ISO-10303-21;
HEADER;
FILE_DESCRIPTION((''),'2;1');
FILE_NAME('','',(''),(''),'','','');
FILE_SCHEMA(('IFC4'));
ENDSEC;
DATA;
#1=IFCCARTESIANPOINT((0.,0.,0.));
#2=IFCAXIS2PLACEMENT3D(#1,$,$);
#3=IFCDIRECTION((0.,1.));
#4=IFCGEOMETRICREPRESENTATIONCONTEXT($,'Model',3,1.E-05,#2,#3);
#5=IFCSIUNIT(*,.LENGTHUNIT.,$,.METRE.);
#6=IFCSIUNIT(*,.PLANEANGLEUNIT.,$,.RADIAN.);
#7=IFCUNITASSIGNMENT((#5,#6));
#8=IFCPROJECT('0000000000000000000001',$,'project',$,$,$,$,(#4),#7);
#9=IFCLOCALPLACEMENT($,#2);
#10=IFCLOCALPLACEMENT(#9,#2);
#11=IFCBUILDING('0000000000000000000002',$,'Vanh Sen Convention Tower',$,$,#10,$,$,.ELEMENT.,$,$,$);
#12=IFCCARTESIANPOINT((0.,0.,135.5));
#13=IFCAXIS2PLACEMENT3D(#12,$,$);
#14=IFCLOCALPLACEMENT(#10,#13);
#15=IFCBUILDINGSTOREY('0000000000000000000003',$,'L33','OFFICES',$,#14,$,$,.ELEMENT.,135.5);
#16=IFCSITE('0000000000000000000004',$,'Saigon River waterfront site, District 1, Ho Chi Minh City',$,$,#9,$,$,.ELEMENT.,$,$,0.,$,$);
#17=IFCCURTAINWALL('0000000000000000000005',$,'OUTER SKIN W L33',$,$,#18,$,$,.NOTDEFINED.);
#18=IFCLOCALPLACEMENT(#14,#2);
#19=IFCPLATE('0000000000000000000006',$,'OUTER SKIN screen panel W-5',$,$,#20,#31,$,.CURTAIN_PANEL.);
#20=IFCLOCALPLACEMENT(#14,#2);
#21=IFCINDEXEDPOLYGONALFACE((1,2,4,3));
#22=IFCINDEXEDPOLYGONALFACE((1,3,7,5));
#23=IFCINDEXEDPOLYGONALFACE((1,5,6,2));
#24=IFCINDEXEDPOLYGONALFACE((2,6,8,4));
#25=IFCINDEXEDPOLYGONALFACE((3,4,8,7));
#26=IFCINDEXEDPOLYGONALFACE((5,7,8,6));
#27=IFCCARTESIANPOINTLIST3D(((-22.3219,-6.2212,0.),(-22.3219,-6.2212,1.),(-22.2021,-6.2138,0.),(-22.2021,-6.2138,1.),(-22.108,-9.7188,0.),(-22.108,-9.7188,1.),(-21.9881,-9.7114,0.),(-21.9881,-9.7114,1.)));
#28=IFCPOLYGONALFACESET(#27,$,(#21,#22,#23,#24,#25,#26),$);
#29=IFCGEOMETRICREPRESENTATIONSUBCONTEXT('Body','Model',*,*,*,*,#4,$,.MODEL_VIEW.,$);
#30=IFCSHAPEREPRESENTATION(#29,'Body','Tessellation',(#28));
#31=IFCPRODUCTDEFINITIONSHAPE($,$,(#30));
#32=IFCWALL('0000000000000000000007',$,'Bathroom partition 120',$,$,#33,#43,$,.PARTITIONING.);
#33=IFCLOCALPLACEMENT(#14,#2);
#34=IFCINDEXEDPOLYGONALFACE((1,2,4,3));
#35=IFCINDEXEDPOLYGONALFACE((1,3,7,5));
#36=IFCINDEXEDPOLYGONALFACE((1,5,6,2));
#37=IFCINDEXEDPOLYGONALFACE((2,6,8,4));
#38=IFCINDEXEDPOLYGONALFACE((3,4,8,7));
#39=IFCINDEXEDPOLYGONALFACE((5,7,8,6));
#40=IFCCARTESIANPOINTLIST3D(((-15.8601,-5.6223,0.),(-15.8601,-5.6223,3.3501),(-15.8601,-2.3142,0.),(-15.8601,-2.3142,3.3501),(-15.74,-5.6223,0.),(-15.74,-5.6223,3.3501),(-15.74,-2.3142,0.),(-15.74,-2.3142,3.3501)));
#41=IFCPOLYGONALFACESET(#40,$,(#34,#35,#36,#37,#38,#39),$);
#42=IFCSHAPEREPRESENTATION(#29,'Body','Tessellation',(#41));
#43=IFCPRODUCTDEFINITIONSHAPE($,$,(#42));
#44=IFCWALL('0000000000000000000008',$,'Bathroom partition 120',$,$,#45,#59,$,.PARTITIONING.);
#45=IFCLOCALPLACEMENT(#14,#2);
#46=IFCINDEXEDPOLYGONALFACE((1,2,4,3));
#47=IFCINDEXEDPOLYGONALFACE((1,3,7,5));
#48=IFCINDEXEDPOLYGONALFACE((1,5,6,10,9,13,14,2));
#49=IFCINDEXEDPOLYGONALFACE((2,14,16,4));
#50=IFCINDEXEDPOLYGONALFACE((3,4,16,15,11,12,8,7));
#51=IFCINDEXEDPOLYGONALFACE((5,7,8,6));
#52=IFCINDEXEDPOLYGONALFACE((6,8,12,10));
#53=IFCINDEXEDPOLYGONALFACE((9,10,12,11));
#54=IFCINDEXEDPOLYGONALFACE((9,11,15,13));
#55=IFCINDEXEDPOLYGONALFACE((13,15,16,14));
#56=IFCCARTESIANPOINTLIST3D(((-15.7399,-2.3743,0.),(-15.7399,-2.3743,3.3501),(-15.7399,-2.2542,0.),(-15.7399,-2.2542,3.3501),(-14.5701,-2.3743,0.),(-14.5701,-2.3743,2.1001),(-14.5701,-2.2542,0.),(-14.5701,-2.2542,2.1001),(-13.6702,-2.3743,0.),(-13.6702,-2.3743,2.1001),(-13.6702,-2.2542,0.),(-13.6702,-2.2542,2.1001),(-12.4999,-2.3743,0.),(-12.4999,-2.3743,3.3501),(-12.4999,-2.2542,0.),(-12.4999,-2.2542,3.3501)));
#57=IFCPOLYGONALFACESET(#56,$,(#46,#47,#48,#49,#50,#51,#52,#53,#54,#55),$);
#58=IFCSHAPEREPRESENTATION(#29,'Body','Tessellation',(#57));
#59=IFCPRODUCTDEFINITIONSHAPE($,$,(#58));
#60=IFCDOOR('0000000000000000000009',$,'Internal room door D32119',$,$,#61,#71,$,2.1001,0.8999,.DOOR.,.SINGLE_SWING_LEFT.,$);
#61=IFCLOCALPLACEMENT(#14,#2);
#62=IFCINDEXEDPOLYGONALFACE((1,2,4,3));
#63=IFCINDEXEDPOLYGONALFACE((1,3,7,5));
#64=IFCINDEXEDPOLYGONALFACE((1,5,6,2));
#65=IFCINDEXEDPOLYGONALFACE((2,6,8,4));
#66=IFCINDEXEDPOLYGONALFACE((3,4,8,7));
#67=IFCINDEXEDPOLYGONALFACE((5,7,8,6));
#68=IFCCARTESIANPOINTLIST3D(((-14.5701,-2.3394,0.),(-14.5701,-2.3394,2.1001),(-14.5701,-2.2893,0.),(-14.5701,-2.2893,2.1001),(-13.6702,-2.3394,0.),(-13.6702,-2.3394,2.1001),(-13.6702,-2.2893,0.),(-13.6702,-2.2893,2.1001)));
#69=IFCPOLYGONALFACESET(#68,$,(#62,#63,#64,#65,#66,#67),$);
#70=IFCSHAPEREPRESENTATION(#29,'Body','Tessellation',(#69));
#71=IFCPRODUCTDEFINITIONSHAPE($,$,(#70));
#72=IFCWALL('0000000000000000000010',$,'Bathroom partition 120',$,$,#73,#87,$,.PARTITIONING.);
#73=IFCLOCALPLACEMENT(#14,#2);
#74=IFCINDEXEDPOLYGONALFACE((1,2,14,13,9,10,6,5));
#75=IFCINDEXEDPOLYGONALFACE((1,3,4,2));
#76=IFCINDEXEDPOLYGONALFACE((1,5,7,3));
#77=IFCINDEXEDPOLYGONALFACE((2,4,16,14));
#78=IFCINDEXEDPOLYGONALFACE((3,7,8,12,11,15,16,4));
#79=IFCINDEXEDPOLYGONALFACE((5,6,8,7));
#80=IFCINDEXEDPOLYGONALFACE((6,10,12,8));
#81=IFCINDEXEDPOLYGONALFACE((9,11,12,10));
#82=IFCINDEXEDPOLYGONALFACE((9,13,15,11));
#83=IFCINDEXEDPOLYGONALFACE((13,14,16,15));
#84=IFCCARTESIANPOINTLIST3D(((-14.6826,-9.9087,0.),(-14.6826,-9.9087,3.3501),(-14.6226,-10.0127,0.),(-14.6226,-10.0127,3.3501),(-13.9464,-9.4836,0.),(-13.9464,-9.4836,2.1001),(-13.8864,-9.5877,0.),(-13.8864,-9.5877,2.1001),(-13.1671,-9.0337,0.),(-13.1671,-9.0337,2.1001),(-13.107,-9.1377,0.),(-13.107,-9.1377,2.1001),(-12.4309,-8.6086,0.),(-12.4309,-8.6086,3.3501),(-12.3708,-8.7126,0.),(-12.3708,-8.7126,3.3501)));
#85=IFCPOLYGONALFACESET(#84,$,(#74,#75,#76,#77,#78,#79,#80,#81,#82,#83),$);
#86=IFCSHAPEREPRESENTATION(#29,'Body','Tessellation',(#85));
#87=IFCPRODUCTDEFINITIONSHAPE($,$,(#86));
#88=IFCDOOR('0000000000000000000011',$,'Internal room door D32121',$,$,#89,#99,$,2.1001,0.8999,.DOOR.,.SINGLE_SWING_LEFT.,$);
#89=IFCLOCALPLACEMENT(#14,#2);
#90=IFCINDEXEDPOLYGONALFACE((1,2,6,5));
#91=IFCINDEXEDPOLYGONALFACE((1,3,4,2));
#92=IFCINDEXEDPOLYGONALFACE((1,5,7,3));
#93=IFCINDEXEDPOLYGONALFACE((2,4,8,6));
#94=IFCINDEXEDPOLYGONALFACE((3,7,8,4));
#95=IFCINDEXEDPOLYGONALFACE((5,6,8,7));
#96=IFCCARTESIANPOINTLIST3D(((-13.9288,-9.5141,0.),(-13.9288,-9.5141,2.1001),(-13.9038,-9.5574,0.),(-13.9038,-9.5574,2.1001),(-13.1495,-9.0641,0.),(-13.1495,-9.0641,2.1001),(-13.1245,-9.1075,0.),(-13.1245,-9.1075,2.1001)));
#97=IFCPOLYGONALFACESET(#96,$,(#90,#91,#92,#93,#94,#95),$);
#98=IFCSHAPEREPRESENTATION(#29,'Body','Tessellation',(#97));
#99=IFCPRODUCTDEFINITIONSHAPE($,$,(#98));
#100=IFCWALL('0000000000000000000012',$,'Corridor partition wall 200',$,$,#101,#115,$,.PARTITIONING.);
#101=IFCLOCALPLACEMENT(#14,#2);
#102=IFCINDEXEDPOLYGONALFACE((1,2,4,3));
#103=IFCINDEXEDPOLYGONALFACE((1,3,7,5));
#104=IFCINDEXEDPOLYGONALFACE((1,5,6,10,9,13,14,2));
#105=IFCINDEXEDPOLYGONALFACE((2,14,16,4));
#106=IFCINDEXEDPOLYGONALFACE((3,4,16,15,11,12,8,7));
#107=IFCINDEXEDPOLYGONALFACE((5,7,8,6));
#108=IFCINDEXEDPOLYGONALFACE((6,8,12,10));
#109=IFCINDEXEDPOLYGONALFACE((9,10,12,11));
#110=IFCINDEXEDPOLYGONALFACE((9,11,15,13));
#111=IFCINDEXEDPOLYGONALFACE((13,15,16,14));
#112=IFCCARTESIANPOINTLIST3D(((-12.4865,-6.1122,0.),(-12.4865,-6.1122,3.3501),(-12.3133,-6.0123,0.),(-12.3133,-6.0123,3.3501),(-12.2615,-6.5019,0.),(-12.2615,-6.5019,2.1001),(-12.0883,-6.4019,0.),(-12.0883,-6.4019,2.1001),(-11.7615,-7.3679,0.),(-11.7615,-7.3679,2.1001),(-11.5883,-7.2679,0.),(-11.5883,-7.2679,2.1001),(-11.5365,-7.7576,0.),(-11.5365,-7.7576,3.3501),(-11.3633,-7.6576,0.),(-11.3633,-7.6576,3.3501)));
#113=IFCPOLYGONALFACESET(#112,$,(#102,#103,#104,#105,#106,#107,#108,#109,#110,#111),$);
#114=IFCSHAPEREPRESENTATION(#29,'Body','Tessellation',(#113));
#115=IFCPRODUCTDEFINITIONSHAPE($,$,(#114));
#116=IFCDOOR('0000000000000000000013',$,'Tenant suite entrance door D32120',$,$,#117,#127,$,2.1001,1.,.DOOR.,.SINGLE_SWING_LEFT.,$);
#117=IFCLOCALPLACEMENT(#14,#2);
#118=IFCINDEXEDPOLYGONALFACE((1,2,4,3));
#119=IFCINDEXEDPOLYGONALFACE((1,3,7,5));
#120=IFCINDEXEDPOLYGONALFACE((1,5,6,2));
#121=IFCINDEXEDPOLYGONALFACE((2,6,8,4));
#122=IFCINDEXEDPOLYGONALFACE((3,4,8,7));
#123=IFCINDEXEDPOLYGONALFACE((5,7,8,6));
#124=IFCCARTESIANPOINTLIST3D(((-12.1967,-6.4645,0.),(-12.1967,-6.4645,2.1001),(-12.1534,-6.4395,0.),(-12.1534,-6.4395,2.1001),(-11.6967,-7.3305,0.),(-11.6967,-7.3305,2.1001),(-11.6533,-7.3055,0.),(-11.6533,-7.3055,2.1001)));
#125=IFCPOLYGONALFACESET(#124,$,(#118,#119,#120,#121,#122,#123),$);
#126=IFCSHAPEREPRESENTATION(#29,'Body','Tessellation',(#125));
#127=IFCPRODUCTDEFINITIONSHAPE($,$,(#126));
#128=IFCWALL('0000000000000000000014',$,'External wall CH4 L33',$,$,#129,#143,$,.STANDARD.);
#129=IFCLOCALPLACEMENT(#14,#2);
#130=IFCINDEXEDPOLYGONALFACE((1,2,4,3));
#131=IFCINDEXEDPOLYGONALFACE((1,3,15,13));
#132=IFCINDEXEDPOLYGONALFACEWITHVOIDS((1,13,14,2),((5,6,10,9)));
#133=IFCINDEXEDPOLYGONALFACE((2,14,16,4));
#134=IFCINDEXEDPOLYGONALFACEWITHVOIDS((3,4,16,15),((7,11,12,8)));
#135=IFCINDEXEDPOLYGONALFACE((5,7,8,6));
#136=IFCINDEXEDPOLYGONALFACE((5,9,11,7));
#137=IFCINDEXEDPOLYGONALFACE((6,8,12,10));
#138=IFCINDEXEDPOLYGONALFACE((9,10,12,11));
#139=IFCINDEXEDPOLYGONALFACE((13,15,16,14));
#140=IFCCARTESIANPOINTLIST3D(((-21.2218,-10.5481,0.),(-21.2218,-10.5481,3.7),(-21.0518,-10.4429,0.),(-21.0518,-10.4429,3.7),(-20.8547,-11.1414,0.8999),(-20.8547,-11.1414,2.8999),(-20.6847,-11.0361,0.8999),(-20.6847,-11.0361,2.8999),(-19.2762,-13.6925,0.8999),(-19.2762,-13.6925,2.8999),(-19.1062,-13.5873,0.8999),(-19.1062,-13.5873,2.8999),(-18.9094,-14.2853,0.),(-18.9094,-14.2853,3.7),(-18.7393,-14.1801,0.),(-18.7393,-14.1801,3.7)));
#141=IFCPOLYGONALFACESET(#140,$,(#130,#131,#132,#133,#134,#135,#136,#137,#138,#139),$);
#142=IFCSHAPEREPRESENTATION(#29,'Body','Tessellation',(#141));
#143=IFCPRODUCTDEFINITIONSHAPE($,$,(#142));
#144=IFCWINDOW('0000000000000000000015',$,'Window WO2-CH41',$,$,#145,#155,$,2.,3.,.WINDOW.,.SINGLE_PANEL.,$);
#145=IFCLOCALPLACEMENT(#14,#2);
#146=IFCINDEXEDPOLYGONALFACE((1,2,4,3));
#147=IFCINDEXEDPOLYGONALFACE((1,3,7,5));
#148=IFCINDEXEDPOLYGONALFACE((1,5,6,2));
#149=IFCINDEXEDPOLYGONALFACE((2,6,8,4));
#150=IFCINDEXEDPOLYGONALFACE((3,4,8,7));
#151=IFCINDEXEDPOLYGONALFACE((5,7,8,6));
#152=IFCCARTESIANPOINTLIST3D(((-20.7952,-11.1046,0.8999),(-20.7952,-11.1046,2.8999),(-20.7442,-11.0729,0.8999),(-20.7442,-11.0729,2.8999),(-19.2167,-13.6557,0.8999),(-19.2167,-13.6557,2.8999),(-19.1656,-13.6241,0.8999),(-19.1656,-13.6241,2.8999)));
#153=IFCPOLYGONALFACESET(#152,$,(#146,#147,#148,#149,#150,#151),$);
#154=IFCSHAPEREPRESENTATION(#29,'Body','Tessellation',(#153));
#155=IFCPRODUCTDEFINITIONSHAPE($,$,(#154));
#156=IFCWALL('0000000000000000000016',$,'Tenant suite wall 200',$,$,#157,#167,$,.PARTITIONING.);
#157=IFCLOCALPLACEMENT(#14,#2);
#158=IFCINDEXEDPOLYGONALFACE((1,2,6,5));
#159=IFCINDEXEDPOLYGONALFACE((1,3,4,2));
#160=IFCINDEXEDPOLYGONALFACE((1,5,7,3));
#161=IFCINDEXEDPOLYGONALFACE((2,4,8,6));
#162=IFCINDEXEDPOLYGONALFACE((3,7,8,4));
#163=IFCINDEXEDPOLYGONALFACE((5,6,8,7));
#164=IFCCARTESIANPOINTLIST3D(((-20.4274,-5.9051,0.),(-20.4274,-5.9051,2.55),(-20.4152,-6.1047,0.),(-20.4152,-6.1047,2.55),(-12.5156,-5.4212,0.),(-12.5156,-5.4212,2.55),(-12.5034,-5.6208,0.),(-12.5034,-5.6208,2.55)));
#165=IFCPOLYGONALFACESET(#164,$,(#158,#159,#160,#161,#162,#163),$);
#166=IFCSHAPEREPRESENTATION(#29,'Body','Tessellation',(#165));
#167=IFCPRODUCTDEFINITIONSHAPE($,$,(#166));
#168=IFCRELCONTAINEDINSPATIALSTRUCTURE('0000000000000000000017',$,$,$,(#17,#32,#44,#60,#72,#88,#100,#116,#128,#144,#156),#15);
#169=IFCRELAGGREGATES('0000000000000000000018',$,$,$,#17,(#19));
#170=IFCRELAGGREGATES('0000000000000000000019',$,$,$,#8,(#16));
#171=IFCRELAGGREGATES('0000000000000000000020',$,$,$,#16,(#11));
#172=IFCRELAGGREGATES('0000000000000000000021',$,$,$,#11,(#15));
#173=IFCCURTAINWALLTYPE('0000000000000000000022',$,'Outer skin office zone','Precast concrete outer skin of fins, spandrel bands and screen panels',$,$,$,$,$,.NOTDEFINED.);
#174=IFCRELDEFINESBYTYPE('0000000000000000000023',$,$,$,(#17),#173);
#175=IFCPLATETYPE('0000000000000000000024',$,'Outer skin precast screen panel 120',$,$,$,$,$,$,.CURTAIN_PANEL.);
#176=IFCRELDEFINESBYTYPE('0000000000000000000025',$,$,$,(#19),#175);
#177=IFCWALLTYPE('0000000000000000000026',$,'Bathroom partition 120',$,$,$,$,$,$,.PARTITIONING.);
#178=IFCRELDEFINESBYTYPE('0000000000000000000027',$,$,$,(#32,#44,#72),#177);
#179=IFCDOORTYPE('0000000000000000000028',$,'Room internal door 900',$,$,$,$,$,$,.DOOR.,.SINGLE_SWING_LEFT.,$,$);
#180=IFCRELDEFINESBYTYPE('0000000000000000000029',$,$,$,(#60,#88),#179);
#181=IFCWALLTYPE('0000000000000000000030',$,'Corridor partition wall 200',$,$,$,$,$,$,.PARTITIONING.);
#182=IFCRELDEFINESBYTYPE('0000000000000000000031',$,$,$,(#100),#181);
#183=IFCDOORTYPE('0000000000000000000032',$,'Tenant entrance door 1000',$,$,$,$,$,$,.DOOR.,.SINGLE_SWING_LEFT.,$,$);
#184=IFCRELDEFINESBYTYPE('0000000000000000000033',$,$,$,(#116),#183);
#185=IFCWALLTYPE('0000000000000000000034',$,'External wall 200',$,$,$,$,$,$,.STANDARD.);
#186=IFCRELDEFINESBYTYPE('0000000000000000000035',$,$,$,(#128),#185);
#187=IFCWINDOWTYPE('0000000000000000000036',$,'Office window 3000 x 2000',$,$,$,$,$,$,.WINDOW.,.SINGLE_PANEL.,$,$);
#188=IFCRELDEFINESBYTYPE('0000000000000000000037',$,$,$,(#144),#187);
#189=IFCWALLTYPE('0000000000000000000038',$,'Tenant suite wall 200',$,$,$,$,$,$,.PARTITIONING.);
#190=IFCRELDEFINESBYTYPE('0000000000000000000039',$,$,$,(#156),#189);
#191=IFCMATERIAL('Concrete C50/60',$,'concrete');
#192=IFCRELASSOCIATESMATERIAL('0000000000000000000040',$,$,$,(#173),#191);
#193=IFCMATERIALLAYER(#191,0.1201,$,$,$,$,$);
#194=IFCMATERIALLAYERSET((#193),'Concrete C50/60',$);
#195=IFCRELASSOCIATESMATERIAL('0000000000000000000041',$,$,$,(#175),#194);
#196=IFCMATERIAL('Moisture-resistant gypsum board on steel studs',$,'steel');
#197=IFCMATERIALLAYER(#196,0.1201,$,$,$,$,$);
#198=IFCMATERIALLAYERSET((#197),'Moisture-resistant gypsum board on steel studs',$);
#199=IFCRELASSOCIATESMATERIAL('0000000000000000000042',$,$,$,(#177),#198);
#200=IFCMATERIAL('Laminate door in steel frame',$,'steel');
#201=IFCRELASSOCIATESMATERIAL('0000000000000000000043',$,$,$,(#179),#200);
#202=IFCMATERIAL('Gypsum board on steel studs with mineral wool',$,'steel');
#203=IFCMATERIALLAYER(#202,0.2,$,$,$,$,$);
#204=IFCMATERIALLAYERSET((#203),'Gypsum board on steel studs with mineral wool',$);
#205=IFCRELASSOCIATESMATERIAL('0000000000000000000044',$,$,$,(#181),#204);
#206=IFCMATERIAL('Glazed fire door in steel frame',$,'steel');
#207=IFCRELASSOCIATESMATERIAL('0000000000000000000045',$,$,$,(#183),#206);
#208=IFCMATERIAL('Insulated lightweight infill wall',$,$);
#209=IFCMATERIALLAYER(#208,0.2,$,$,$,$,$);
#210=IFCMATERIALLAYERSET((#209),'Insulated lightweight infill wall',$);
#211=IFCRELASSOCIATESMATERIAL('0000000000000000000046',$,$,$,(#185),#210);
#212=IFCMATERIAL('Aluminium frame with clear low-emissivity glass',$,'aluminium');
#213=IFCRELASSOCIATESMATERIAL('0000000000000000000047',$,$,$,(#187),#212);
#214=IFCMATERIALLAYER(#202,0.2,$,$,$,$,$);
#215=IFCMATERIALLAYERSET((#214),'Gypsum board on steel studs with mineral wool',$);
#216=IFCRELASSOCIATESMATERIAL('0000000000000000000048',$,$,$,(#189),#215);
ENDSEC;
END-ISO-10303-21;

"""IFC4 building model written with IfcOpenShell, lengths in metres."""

from ifc_helpers import new_model, si_unit, direction, frame, frame_2d, origin, origin_2d, place, context, subcontext, project, spatial, rectangle, extrude, material, layer, layer_set, type_object, element, fill, aggregate, save


model = new_model("IFC4")

# Units and contexts
model_context = context("Model", 3, precision=1e-05, world=origin(), true_north=direction((0.0, 1.0)))
body_context = subcontext(model_context, "Body", "Model", "MODEL_VIEW")
ifc_project = project(units=[si_unit("LENGTHUNIT", "METRE"), si_unit("PLANEANGLEUNIT", "RADIAN")], contexts=[model_context])

# Site, building, storey
site_placement = place(None, origin())
site = spatial("IfcSite", under=ifc_project, at=site_placement, Name="Saigon River waterfront site, District 1, Ho Chi Minh City", CompositionType="ELEMENT", RefElevation=0.0)
building_placement = place(site_placement, origin())
building = spatial("IfcBuilding", under=site, at=building_placement, Name="Vanh Sen Convention Tower", CompositionType="ELEMENT")
storey_placement = place(building_placement, frame((0.0, 0.0, 135.5)))
storey = spatial("IfcBuildingStorey", under=building, at=storey_placement, Name="L33", Description="OFFICES", CompositionType="ELEMENT", Elevation=135.5)

# Curtain wall
ifc_material_1 = material(Name="Concrete C50/60", Category="concrete")
curtain_wall_type = type_object("IfcCurtainWallType", Name="Outer skin office zone", Description="Precast concrete outer skin of fins, spandrel bands and screen panels", PredefinedType="NOTDEFINED", material=ifc_material_1)
curtain_wall_1_placement = place(storey_placement, origin())
curtain_wall_1 = element("IfcCurtainWall", 1, at=curtain_wall_1_placement, inside=storey, type_object=curtain_wall_type, Name="OUTER SKIN W L33", PredefinedType="NOTDEFINED")

# Plate
ifc_layer_1 = layer(ifc_material_1, 0.1201)
ifc_layer_set_1 = layer_set([ifc_layer_1], Name="Concrete C50/60")
plate_type = type_object("IfcPlateType", Name="Outer skin precast screen panel 120", PredefinedType="CURTAIN_PANEL", material=ifc_layer_set_1)
plate_1_placement = place(storey_placement, frame((-22.155, -7.9663, 0.0), z_axis=(0.0, 0.0, 1.0), x_axis=(0.061054, -0.998134, 0.0)))
plate_1 = element("IfcPlate", 2, at=plate_1_placement, type_object=plate_type, Name="OUTER SKIN screen panel W-5", PredefinedType="CURTAIN_PANEL", context=body_context, shape_type="SweptSolid", body=[
    extrude(rectangle(XDim=3.5042, YDim=0.1201, at=origin_2d()), origin(), (0.0, 0.0, 1.0), 1.0),
])
aggregate(curtain_wall_1, [plate_1])

# Wall
ifc_material_2 = material(Name="Moisture-resistant gypsum board on steel studs", Category="steel")
ifc_layer_2 = layer(ifc_material_2, 0.1201)
ifc_layer_set_2 = layer_set([ifc_layer_2], Name="Moisture-resistant gypsum board on steel studs")
wall_type_1 = type_object("IfcWallType", Name="Bathroom partition 120", PredefinedType="PARTITIONING", material=ifc_layer_set_2)
wall_1_placement = place(storey_placement, frame((-15.8, -5.6223, 0.0), z_axis=(0.0, 0.0, 1.0), x_axis=(0.0, 1.0, 0.0)))
element("IfcWall", 3, at=wall_1_placement, inside=storey, type_object=wall_type_1, Name="Bathroom partition 120", PredefinedType="PARTITIONING", context=body_context, shape_type="SweptSolid", body=[
    extrude(rectangle(XDim=3.3081, YDim=0.1201, at=frame_2d((1.6541, 0.0))), origin(), (0.0, 0.0, 1.0), 3.3501),
])

# Walls, openings, doors
wall_2_placement = place(storey_placement, frame((-15.74, -2.3142, 0.0), z_axis=(0.0, 0.0, 1.0), x_axis=(1.0, 0.0, 0.0)))
wall_2 = element("IfcWall", 4, at=wall_2_placement, inside=storey, type_object=wall_type_1, Name="Bathroom partition 120", PredefinedType="PARTITIONING", context=body_context, shape_type="SweptSolid", body=[
    extrude(rectangle(XDim=3.24, YDim=0.1201, at=frame_2d((1.6201, 0.0))), origin(), (0.0, 0.0, 1.0), 3.3501),
])
opening_1_placement = place(wall_2_placement, frame((1.1699, 0.0, 0.0)))
opening_1 = element("IfcOpeningElement", 5, at=opening_1_placement, cuts=wall_2, PredefinedType="OPENING", context=body_context, shape_type="SweptSolid", body=[
    extrude(rectangle(XDim=0.8999, YDim=2.1001, at=frame_2d((0.45, 1.05))), frame((0.0, 0.0701, 0.0), z_axis=(0.0, -1.0, 0.0), x_axis=(1.0, 0.0, 0.0)), (0.0, 0.0, 1.0), 0.1401),
])
ifc_material_3 = material(Name="Laminate door in steel frame", Category="steel")
door_type_1 = type_object("IfcDoorType", Name="Room internal door 900", OperationType="SINGLE_SWING_LEFT", PredefinedType="DOOR", material=ifc_material_3)
door_1_placement = place(opening_1_placement, origin())
door_1 = element("IfcDoor", 6, at=door_1_placement, inside=storey, type_object=door_type_1, Name="Internal room door D32119", OperationType="SINGLE_SWING_LEFT", OverallHeight=2.1001, OverallWidth=0.8999, PredefinedType="DOOR", context=body_context, shape_type="SweptSolid", body=[
    extrude(rectangle(XDim=0.8999, YDim=2.1001, at=frame_2d((0.45, 1.05))), frame((0.0, 0.0249, 0.0), z_axis=(0.0, -1.0, 0.0), x_axis=(1.0, 0.0, 0.0)), (0.0, 0.0, 1.0), 0.05),
])
fill(opening_1, door_1)
wall_3_placement = place(storey_placement, frame((-14.6526, -9.9607, 0.0), z_axis=(0.0, 0.0, 1.0), x_axis=(0.866021, 0.500007, 0.0)))
wall_3 = element("IfcWall", 7, at=wall_3_placement, inside=storey, type_object=wall_type_1, Name="Bathroom partition 120", PredefinedType="PARTITIONING", context=body_context, shape_type="SweptSolid", body=[
    extrude(rectangle(XDim=2.6001, YDim=0.1201, at=frame_2d((1.3, 0.0))), origin(), (0.0, 0.0, 1.0), 3.3501),
])
opening_2_placement = place(wall_3_placement, frame((0.8501, 0.0, 0.0)))
opening_2 = element("IfcOpeningElement", 8, at=opening_2_placement, cuts=wall_3, PredefinedType="OPENING", context=body_context, shape_type="SweptSolid", body=[
    extrude(rectangle(XDim=0.8999, YDim=2.1001, at=frame_2d((0.45, 1.05))), frame((0.0, 0.0701, 0.0), z_axis=(0.0, -1.0, 0.0), x_axis=(1.0, 0.0, 0.0)), (0.0, 0.0, 1.0), 0.1401),
])
door_2_placement = place(opening_2_placement, origin())
door_2 = element("IfcDoor", 9, at=door_2_placement, inside=storey, type_object=door_type_1, Name="Internal room door D32121", OperationType="SINGLE_SWING_LEFT", OverallHeight=2.1001, OverallWidth=0.8999, PredefinedType="DOOR", context=body_context, shape_type="SweptSolid", body=[
    extrude(rectangle(XDim=0.8999, YDim=2.1001, at=frame_2d((0.45, 1.05))), frame((0.0, 0.0249, 0.0), z_axis=(0.0, -1.0, 0.0), x_axis=(1.0, 0.0, 0.0)), (0.0, 0.0, 1.0), 0.05),
])
fill(opening_2, door_2)
ifc_material_4 = material(Name="Gypsum board on steel studs with mineral wool", Category="steel")
ifc_layer_3 = layer(ifc_material_4, 0.2)
ifc_layer_set_3 = layer_set([ifc_layer_3], Name="Gypsum board on steel studs with mineral wool")
wall_type_2 = type_object("IfcWallType", Name="Corridor partition wall 200", PredefinedType="PARTITIONING", material=ifc_layer_set_3)
wall_4_placement = place(storey_placement, frame((-12.3999, -6.0623, 0.0), z_axis=(0.0, 0.0, 1.0), x_axis=(0.500023, -0.866012, 0.0)))
wall_4 = element("IfcWall", 10, at=wall_4_placement, inside=storey, type_object=wall_type_2, Name="Corridor partition wall 200", PredefinedType="PARTITIONING", context=body_context, shape_type="SweptSolid", body=[
    extrude(rectangle(XDim=1.8999, YDim=0.2, at=frame_2d((0.95, 0.0))), origin(), (0.0, 0.0, 1.0), 3.3501),
])
opening_3_placement = place(wall_4_placement, frame((0.45, 0.0, 0.0)))
opening_3 = element("IfcOpeningElement", 11, at=opening_3_placement, cuts=wall_4, PredefinedType="OPENING", context=body_context, shape_type="SweptSolid", body=[
    extrude(rectangle(XDim=1.0, YDim=2.1001, at=frame_2d((0.5, 1.05))), frame((0.0, 0.1099, 0.0), z_axis=(0.0, -1.0, 0.0), x_axis=(1.0, 0.0, 0.0)), (0.0, 0.0, 1.0), 0.22),
])
ifc_material_5 = material(Name="Glazed fire door in steel frame", Category="steel")
door_type_2 = type_object("IfcDoorType", Name="Tenant entrance door 1000", OperationType="SINGLE_SWING_LEFT", PredefinedType="DOOR", material=ifc_material_5)
door_3_placement = place(opening_3_placement, origin())
door_3 = element("IfcDoor", 12, at=door_3_placement, inside=storey, type_object=door_type_2, Name="Tenant suite entrance door D32120", OperationType="SINGLE_SWING_LEFT", OverallHeight=2.1001, OverallWidth=1.0, PredefinedType="DOOR", context=body_context, shape_type="SweptSolid", body=[
    extrude(rectangle(XDim=1.0, YDim=2.1001, at=frame_2d((0.5, 1.05))), frame((0.0, 0.0249, 0.0), z_axis=(0.0, -1.0, 0.0), x_axis=(1.0, 0.0, 0.0)), (0.0, 0.0, 1.0), 0.05),
])
fill(opening_3, door_3)

# Wall, opening, window
ifc_material_6 = material(Name="Insulated lightweight infill wall")
ifc_layer_4 = layer(ifc_material_6, 0.2)
ifc_layer_set_4 = layer_set([ifc_layer_4], Name="Insulated lightweight infill wall")
wall_type_3 = type_object("IfcWallType", Name="External wall 200", PredefinedType="STANDARD", material=ifc_layer_set_4)
wall_5_placement = place(storey_placement, frame((-21.1367, -10.4956, 0.0), z_axis=(0.0, 0.0, 1.0), x_axis=(0.526179, -0.850374, 0.0)))
wall_5 = element("IfcWall", 13, at=wall_5_placement, inside=storey, type_object=wall_type_3, Name="External wall CH4 L33", PredefinedType="STANDARD", context=body_context, shape_type="SweptSolid", body=[
    extrude(rectangle(XDim=4.3948, YDim=0.2, at=frame_2d((2.1973, 0.0))), origin(), (0.0, 0.0, 1.0), 3.7),
])
opening_4_placement = place(wall_5_placement, frame((0.6975, 0.0, 0.8999)))
opening_4 = element("IfcOpeningElement", 14, at=opening_4_placement, cuts=wall_5, PredefinedType="OPENING", context=body_context, shape_type="SweptSolid", body=[
    extrude(rectangle(XDim=3.0, YDim=2.0, at=frame_2d((1.5, 1.0))), frame((0.0, 0.1099, 0.0), z_axis=(0.0, -1.0, 0.0), x_axis=(1.0, 0.0, 0.0)), (0.0, 0.0, 1.0), 0.22),
])
ifc_material_7 = material(Name="Aluminium frame with clear low-emissivity glass", Category="aluminium")
window_type = type_object("IfcWindowType", Name="Office window 3000 x 2000", PartitioningType="SINGLE_PANEL", PredefinedType="WINDOW", material=ifc_material_7)
window_placement = place(opening_4_placement, origin())
window = element("IfcWindow", 15, at=window_placement, inside=storey, type_object=window_type, Name="Window WO2-CH41", OverallHeight=2.0, OverallWidth=3.0, PartitioningType="SINGLE_PANEL", PredefinedType="WINDOW", context=body_context, shape_type="SweptSolid", body=[
    extrude(rectangle(XDim=3.0, YDim=2.0, at=frame_2d((1.5, 1.0))), frame((0.0, 0.03, 0.0), z_axis=(0.0, -1.0, 0.0), x_axis=(1.0, 0.0, 0.0)), (0.0, 0.0, 1.0), 0.0601),
])
fill(opening_4, window)

# Wall
ifc_layer_5 = layer(ifc_material_4, 0.2)
ifc_layer_set_5 = layer_set([ifc_layer_5], Name="Gypsum board on steel studs with mineral wool")
wall_type_4 = type_object("IfcWallType", Name="Tenant suite wall 200", PredefinedType="PARTITIONING", material=ifc_layer_set_5)
wall_6_placement = place(storey_placement, frame((-20.4214, -6.0049, 0.0), z_axis=(0.0, 0.0, 1.0), x_axis=(0.998135, 0.061047, 0.0)))
element("IfcWall", 16, at=wall_6_placement, inside=storey, type_object=wall_type_4, Name="Tenant suite wall 200", PredefinedType="PARTITIONING", context=body_context, shape_type="SweptSolid", body=[
    extrude(rectangle(XDim=7.9265, YDim=0.2, at=frame_2d((3.9634, 0.0))), origin(), (0.0, 0.0, 1.0), 2.55),
])

save(model, "model.ifc")
